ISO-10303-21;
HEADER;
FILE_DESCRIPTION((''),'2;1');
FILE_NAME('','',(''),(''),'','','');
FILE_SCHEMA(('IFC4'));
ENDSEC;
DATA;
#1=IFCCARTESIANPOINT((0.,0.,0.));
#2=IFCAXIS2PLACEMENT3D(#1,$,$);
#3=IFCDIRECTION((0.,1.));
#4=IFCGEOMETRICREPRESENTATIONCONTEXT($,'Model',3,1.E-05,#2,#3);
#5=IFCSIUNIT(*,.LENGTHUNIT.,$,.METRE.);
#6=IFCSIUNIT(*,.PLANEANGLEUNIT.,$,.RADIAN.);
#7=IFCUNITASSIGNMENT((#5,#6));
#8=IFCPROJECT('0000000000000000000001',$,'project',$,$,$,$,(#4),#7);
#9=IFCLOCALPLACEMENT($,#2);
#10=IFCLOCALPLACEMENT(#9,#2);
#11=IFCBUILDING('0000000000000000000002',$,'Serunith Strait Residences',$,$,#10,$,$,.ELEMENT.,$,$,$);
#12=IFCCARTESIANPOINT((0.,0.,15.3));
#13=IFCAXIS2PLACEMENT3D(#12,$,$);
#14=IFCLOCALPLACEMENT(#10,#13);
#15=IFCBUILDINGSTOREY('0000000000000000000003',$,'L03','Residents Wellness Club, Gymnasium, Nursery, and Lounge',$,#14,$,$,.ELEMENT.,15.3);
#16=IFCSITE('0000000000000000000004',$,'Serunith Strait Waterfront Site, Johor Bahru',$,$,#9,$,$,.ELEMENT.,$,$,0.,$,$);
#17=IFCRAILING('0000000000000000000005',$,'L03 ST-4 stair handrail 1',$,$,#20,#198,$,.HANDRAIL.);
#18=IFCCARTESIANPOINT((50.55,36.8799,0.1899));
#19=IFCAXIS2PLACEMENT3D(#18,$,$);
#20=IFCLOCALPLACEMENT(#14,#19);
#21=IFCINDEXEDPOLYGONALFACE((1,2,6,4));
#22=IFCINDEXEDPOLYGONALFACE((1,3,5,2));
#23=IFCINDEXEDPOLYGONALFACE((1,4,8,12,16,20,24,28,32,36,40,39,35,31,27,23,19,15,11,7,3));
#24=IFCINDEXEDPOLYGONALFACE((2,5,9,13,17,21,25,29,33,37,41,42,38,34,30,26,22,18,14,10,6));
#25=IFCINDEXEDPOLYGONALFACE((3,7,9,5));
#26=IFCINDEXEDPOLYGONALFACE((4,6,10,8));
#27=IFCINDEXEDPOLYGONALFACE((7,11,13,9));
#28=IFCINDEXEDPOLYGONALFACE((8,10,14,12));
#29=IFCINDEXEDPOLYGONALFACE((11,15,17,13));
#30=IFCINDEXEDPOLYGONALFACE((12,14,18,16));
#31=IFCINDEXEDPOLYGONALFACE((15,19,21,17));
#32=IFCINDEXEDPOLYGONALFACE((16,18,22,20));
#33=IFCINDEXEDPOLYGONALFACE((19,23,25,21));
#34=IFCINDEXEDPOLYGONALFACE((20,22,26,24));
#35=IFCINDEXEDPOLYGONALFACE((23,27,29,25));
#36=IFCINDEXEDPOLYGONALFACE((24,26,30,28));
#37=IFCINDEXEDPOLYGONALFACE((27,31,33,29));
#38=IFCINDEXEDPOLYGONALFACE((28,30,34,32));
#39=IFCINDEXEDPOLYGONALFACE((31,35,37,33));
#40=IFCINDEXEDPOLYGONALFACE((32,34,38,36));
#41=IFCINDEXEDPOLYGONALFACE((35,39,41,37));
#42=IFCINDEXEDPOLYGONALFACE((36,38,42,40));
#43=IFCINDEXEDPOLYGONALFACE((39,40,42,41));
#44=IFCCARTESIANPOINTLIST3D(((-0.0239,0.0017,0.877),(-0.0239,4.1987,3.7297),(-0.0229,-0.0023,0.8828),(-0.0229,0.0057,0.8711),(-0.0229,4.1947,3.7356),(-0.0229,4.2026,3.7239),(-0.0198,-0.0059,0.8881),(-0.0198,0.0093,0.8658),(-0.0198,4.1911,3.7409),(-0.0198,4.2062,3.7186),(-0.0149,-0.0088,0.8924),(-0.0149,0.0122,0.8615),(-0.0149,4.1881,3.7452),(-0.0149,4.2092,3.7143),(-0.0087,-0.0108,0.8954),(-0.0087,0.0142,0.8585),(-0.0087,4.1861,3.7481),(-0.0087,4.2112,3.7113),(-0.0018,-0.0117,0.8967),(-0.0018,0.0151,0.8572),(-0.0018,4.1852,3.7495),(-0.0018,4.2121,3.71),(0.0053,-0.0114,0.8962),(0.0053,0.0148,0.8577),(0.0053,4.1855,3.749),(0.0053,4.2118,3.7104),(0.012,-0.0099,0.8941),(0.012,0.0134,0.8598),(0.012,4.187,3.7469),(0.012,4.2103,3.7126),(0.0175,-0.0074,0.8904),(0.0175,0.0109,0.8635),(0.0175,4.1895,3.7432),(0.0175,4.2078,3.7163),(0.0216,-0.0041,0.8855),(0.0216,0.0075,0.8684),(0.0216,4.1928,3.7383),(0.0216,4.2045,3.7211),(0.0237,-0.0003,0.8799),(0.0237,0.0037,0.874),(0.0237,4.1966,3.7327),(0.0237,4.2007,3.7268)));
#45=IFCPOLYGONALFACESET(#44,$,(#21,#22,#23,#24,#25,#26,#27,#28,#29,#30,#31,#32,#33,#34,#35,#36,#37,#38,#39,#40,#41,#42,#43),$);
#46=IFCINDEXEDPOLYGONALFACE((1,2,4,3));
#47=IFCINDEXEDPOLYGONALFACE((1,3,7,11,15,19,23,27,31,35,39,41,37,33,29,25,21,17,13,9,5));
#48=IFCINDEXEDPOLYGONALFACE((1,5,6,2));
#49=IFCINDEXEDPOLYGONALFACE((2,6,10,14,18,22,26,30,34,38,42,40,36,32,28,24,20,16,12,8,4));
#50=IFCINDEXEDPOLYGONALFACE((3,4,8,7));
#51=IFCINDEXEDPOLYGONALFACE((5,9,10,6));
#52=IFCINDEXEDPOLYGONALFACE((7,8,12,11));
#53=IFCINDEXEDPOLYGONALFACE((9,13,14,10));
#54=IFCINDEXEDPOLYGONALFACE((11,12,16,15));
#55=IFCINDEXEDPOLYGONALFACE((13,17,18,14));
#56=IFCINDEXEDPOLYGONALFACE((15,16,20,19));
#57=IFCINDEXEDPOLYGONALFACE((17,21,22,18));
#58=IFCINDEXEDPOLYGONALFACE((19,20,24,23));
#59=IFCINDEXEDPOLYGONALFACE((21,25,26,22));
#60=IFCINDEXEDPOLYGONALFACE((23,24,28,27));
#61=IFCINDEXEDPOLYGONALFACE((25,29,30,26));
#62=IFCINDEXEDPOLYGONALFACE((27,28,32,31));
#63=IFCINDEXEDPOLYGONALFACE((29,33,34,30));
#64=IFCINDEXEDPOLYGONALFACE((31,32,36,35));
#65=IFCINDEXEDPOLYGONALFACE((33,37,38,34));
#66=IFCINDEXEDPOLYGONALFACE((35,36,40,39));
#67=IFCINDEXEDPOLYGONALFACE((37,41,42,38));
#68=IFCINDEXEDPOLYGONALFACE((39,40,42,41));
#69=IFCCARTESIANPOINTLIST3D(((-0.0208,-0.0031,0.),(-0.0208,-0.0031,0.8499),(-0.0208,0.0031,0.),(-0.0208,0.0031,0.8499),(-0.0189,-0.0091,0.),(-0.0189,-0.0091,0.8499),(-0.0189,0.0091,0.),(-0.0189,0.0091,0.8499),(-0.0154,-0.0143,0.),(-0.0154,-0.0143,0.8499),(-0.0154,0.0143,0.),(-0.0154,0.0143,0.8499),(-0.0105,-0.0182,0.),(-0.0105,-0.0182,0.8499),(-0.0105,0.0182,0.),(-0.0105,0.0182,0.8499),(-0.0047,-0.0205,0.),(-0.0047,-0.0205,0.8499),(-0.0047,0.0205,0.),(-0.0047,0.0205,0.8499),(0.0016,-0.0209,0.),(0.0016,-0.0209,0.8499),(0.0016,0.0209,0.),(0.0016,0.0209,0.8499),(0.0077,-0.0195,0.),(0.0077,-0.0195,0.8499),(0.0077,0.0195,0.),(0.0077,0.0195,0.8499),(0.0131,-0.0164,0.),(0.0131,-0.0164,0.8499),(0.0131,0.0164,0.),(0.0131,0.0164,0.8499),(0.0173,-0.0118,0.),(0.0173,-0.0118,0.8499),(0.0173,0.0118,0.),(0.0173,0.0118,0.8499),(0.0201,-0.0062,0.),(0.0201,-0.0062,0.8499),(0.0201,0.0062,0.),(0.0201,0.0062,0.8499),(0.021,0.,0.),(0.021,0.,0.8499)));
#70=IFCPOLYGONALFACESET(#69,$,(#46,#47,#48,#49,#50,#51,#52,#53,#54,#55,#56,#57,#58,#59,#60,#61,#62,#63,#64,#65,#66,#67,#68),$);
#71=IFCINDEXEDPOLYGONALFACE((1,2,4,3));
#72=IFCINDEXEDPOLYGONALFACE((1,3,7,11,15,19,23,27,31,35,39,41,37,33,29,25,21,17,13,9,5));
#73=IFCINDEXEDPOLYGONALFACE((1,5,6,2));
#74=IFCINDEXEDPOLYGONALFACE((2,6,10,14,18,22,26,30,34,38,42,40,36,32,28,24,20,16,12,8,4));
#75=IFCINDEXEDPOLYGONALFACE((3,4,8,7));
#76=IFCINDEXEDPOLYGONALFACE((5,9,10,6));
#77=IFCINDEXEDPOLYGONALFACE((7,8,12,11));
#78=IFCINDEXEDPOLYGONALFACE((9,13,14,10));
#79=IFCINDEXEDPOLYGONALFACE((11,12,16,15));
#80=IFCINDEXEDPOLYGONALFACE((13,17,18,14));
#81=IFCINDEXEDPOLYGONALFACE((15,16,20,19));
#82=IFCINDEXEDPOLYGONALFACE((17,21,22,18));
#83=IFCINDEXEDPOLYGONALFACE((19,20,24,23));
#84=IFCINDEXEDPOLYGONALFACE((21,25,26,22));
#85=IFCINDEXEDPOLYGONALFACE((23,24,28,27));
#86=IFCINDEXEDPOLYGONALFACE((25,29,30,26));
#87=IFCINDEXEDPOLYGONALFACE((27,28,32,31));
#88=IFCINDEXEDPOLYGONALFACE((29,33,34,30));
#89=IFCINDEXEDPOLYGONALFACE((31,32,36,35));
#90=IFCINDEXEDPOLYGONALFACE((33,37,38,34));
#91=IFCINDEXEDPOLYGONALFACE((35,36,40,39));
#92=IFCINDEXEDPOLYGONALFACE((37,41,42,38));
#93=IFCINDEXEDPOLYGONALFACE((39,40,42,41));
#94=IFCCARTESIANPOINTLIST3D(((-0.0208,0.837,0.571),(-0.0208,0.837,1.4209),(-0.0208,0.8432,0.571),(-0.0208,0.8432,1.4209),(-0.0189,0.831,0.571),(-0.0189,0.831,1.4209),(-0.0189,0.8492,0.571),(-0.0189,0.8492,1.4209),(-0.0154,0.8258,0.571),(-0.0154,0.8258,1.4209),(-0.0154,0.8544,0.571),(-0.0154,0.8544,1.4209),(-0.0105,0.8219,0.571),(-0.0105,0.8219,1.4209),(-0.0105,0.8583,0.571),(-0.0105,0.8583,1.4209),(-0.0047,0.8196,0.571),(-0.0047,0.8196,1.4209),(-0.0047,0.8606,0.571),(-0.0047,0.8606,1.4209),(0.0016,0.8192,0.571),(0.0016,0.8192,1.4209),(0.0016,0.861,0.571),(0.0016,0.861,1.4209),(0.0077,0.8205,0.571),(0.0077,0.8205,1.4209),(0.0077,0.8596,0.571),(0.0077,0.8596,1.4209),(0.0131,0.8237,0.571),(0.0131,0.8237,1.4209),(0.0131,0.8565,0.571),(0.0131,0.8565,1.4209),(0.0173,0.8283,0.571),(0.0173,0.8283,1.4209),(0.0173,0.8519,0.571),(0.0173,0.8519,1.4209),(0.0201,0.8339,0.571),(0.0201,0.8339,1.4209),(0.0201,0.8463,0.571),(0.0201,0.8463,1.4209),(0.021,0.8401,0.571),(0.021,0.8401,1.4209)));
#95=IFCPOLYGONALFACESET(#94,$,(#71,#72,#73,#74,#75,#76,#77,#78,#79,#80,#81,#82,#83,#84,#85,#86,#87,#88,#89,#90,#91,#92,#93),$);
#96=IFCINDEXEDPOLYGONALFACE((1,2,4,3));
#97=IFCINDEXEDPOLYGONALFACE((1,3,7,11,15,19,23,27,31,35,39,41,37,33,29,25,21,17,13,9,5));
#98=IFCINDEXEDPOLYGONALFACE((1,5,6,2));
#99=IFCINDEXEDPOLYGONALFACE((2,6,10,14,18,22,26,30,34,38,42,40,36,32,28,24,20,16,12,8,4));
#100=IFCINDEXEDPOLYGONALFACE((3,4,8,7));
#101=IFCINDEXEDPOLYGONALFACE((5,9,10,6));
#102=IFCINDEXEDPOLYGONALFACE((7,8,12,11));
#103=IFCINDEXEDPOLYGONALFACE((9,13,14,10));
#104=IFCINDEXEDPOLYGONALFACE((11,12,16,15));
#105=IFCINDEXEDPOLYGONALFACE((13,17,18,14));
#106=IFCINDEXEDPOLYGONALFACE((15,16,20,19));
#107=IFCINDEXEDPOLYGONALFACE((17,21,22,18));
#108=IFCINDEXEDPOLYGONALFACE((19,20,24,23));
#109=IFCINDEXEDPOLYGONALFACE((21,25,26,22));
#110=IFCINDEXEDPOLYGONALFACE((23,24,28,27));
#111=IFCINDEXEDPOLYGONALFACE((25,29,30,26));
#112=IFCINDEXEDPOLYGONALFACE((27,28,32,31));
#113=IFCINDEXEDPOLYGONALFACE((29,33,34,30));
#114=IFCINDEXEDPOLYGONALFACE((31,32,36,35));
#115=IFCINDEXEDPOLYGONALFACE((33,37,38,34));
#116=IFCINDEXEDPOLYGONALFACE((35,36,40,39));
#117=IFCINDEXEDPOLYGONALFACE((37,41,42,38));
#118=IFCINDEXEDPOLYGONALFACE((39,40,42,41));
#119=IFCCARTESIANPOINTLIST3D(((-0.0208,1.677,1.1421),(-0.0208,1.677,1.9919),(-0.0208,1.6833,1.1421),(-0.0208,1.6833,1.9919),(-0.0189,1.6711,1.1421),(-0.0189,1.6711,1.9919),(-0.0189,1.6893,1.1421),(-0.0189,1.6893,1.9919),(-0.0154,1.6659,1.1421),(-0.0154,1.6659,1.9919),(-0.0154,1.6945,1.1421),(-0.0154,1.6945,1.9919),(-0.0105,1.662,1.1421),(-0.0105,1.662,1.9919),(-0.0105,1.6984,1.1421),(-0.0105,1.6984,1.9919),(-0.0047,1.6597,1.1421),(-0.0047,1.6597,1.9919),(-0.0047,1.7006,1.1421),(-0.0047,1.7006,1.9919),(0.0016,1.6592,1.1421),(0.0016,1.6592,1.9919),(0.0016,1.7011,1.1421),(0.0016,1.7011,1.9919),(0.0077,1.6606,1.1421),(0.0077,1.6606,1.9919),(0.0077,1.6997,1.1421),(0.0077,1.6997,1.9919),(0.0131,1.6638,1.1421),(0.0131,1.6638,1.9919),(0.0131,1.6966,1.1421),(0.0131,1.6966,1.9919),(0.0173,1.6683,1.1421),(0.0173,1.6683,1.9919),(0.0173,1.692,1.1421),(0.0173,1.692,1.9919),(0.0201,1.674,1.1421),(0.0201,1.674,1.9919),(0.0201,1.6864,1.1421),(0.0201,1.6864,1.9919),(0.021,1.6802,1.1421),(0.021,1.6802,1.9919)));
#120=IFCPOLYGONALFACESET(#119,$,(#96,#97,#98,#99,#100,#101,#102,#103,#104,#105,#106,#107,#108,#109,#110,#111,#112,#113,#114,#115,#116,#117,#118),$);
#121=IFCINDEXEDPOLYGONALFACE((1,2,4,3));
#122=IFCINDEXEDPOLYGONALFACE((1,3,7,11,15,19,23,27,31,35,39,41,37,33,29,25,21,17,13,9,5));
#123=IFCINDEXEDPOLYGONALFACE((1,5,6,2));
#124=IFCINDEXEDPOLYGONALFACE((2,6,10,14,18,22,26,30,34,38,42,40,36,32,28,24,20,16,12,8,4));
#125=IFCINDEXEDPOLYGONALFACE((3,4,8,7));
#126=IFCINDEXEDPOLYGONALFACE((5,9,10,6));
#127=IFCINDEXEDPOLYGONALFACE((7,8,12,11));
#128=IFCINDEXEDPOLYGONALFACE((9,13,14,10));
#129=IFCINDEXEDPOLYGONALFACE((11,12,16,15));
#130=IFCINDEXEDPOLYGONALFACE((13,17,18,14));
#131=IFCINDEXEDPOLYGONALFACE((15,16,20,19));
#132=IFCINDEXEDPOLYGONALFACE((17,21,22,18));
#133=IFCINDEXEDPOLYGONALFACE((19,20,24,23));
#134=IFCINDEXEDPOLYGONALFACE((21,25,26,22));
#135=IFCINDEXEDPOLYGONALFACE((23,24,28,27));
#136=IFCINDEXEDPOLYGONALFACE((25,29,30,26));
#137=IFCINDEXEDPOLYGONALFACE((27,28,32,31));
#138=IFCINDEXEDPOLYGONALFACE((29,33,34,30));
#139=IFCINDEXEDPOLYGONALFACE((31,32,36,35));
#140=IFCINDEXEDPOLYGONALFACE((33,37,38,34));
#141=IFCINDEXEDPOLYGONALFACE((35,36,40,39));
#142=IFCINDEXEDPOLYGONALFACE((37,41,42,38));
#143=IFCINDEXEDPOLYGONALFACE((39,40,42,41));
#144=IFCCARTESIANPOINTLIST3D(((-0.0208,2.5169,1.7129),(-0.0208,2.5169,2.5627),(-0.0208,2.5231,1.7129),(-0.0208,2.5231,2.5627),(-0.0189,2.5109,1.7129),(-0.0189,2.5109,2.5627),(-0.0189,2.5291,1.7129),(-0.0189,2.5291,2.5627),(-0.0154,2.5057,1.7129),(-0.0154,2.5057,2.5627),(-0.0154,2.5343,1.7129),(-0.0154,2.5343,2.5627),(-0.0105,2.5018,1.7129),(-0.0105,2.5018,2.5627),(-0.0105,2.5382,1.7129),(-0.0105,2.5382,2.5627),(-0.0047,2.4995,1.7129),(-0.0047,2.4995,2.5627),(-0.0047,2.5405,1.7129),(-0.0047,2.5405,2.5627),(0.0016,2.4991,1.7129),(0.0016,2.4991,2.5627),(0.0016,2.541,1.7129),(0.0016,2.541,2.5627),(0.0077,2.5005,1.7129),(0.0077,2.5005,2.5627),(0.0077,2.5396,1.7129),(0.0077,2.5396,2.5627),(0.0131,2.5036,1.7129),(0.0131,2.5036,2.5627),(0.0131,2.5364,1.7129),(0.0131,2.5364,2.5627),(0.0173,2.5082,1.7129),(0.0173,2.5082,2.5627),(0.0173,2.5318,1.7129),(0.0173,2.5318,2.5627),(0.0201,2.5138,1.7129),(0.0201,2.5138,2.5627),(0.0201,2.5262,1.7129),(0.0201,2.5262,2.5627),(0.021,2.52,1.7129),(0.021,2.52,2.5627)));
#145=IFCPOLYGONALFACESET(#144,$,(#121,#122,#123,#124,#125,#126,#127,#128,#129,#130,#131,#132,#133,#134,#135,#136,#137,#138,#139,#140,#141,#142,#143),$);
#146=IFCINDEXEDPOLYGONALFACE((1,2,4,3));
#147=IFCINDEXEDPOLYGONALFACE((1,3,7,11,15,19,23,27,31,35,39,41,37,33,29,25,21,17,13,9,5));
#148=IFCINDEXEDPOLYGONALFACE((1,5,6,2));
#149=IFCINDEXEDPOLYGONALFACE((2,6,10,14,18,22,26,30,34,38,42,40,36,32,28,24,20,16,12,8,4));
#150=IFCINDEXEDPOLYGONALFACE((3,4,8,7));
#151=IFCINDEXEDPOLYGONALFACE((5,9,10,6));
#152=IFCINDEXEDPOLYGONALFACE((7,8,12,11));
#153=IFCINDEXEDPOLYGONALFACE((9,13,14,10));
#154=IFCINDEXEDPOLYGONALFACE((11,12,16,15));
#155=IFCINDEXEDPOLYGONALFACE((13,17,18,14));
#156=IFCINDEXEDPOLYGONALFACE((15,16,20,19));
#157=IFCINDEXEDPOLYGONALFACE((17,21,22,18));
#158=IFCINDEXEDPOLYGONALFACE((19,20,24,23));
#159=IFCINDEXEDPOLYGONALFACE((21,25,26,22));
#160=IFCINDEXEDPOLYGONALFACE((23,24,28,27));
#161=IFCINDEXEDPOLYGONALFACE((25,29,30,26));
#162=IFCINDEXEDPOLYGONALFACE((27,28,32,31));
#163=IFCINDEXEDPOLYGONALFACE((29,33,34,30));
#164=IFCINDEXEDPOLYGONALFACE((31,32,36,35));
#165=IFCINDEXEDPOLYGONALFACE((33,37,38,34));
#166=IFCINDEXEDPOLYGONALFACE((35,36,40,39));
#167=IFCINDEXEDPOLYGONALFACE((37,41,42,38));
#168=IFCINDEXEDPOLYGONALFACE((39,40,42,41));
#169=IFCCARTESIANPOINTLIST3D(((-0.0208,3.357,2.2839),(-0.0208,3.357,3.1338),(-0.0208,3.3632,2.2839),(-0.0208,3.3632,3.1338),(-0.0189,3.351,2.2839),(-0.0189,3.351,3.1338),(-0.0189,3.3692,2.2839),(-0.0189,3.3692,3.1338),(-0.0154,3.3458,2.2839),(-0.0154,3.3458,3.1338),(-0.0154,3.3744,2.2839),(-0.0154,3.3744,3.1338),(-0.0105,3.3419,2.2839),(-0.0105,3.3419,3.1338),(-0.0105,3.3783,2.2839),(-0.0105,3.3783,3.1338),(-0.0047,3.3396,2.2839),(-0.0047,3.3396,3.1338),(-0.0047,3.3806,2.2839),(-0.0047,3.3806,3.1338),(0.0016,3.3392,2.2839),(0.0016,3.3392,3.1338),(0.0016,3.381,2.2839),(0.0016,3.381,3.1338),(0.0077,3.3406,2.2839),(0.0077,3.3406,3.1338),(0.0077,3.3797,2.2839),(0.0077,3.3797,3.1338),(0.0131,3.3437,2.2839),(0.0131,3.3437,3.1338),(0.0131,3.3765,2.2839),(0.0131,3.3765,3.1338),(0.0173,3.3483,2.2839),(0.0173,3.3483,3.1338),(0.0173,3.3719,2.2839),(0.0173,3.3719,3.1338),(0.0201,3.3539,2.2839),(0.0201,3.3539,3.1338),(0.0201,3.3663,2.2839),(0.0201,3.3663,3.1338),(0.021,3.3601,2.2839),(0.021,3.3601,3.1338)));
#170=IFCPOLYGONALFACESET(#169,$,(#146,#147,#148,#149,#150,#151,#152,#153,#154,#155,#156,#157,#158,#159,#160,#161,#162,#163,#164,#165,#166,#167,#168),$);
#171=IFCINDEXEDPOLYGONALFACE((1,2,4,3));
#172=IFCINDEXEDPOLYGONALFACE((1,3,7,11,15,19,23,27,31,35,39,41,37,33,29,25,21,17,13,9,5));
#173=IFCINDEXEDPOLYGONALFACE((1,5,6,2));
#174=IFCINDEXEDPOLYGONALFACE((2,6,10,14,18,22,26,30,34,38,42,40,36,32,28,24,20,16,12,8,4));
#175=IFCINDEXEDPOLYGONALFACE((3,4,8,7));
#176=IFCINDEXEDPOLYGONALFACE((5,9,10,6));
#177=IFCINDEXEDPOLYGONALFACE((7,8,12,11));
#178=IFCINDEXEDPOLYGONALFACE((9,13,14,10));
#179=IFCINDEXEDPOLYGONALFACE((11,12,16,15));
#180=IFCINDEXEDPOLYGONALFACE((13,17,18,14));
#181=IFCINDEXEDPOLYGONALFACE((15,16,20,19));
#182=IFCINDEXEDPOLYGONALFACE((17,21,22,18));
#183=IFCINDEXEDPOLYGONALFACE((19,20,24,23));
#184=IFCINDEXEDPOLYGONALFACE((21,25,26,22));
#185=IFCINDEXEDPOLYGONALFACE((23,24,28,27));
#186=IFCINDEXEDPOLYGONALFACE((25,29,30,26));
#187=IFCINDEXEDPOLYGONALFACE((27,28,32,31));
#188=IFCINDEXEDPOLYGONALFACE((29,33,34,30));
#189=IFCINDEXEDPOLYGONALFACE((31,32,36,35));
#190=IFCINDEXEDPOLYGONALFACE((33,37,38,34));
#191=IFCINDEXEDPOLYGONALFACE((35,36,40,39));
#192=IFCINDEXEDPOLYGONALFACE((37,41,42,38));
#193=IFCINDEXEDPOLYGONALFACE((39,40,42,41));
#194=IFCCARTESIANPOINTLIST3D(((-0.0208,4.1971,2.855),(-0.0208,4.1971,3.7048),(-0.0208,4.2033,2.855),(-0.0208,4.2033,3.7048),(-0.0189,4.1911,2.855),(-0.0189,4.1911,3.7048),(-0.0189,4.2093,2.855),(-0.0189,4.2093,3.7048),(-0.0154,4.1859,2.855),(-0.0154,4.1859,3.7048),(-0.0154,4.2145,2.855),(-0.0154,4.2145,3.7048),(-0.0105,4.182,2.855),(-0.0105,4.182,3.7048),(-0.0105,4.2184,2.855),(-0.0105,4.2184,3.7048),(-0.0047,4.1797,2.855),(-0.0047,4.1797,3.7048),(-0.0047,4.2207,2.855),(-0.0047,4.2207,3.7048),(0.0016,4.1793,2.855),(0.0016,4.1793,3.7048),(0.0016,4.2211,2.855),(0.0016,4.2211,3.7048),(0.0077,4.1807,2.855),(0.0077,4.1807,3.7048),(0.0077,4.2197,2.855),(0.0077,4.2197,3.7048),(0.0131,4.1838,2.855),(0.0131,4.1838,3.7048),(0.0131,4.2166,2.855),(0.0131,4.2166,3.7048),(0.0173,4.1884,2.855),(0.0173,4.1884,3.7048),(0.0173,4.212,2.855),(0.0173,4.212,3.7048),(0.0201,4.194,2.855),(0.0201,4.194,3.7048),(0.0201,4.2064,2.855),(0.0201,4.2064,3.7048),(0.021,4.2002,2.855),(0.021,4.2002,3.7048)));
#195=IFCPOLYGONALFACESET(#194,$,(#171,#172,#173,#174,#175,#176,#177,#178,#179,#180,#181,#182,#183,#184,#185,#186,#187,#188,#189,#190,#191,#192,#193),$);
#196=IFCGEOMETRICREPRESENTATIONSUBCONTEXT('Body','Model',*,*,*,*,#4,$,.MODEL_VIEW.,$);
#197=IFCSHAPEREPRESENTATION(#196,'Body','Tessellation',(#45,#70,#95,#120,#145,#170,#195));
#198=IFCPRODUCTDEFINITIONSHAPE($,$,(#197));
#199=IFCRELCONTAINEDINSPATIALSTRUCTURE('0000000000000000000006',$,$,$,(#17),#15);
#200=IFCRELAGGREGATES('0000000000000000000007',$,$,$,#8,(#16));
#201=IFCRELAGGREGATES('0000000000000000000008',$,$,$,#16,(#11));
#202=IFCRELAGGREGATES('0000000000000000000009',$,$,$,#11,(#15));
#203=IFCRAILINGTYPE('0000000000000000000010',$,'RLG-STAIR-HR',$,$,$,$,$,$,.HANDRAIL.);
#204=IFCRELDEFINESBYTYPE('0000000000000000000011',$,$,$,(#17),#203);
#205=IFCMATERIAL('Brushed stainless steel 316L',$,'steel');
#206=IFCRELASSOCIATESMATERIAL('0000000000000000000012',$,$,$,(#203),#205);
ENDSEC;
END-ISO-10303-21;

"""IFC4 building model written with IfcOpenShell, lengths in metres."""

from ifc_helpers import new_model, si_unit, direction, frame, origin, origin_2d, place, context, subcontext, project, spatial, circle, extrude, material, type_object, element, save


model = new_model("IFC4")

# Units and contexts
model_context = context("Model", 3, precision=1e-05, world=origin(), true_north=direction((0.0, 1.0)))
body_context = subcontext(model_context, "Body", "Model", "MODEL_VIEW")
ifc_project = project(units=[si_unit("LENGTHUNIT", "METRE"), si_unit("PLANEANGLEUNIT", "RADIAN")], contexts=[model_context])

# Site, building, storey
site_placement = place(None, origin())
site = spatial("IfcSite", under=ifc_project, at=site_placement, Name="Serunith Strait Waterfront Site, Johor Bahru", CompositionType="ELEMENT", RefElevation=0.0)
building_placement = place(site_placement, origin())
building = spatial("IfcBuilding", under=site, at=building_placement, Name="Serunith Strait Residences", CompositionType="ELEMENT")
storey_placement = place(building_placement, frame((0.0, 0.0, 15.3)))
storey = spatial("IfcBuildingStorey", under=building, at=storey_placement, Name="L03", Description="Residents Wellness Club, Gymnasium, Nursery, and Lounge", CompositionType="ELEMENT", Elevation=15.3)

# Railing
ifc_material_1 = material(Name="Brushed stainless steel 316L", Category="steel")
railing_type_1 = type_object("IfcRailingType", Name="RLG-STAIR-HR", PredefinedType="HANDRAIL", material=ifc_material_1)
railing_1_placement = place(storey_placement, frame((50.55, 36.8799, 0.1899)))
element("IfcRailing", 1, at=railing_1_placement, inside=storey, type_object=railing_type_1, Name="L03 ST-4 stair handrail 1", PredefinedType="HANDRAIL", context=body_context, shape_type="SweptSolid", body=[
    extrude(circle(Radius=0.0239, at=origin_2d()), frame((0.0, 0.0017, 0.877), z_axis=(0.0, 0.827032, 0.562155), x_axis=(-1.0, 0.0, 0.0)), (0.0, 0.0, 1.0), 5.0747),
    extrude(circle(Radius=0.021, at=origin_2d()), origin(), (0.0, 0.0, 1.0), 0.8499),
    extrude(circle(Radius=0.021, at=origin_2d()), frame((0.0, 0.8401, 0.571)), (0.0, 0.0, 1.0), 0.8499),
    extrude(circle(Radius=0.021, at=origin_2d()), frame((0.0, 1.6802, 1.1421)), (0.0, 0.0, 1.0), 0.8499),
    extrude(circle(Radius=0.021, at=origin_2d()), frame((0.0, 2.52, 1.7129)), (0.0, 0.0, 1.0), 0.8499),
    extrude(circle(Radius=0.021, at=origin_2d()), frame((0.0, 3.3601, 2.2839)), (0.0, 0.0, 1.0), 0.8499),
    extrude(circle(Radius=0.021, at=origin_2d()), frame((0.0, 4.2002, 2.855)), (0.0, 0.0, 1.0), 0.8499),
])

save(model, "model.ifc")
